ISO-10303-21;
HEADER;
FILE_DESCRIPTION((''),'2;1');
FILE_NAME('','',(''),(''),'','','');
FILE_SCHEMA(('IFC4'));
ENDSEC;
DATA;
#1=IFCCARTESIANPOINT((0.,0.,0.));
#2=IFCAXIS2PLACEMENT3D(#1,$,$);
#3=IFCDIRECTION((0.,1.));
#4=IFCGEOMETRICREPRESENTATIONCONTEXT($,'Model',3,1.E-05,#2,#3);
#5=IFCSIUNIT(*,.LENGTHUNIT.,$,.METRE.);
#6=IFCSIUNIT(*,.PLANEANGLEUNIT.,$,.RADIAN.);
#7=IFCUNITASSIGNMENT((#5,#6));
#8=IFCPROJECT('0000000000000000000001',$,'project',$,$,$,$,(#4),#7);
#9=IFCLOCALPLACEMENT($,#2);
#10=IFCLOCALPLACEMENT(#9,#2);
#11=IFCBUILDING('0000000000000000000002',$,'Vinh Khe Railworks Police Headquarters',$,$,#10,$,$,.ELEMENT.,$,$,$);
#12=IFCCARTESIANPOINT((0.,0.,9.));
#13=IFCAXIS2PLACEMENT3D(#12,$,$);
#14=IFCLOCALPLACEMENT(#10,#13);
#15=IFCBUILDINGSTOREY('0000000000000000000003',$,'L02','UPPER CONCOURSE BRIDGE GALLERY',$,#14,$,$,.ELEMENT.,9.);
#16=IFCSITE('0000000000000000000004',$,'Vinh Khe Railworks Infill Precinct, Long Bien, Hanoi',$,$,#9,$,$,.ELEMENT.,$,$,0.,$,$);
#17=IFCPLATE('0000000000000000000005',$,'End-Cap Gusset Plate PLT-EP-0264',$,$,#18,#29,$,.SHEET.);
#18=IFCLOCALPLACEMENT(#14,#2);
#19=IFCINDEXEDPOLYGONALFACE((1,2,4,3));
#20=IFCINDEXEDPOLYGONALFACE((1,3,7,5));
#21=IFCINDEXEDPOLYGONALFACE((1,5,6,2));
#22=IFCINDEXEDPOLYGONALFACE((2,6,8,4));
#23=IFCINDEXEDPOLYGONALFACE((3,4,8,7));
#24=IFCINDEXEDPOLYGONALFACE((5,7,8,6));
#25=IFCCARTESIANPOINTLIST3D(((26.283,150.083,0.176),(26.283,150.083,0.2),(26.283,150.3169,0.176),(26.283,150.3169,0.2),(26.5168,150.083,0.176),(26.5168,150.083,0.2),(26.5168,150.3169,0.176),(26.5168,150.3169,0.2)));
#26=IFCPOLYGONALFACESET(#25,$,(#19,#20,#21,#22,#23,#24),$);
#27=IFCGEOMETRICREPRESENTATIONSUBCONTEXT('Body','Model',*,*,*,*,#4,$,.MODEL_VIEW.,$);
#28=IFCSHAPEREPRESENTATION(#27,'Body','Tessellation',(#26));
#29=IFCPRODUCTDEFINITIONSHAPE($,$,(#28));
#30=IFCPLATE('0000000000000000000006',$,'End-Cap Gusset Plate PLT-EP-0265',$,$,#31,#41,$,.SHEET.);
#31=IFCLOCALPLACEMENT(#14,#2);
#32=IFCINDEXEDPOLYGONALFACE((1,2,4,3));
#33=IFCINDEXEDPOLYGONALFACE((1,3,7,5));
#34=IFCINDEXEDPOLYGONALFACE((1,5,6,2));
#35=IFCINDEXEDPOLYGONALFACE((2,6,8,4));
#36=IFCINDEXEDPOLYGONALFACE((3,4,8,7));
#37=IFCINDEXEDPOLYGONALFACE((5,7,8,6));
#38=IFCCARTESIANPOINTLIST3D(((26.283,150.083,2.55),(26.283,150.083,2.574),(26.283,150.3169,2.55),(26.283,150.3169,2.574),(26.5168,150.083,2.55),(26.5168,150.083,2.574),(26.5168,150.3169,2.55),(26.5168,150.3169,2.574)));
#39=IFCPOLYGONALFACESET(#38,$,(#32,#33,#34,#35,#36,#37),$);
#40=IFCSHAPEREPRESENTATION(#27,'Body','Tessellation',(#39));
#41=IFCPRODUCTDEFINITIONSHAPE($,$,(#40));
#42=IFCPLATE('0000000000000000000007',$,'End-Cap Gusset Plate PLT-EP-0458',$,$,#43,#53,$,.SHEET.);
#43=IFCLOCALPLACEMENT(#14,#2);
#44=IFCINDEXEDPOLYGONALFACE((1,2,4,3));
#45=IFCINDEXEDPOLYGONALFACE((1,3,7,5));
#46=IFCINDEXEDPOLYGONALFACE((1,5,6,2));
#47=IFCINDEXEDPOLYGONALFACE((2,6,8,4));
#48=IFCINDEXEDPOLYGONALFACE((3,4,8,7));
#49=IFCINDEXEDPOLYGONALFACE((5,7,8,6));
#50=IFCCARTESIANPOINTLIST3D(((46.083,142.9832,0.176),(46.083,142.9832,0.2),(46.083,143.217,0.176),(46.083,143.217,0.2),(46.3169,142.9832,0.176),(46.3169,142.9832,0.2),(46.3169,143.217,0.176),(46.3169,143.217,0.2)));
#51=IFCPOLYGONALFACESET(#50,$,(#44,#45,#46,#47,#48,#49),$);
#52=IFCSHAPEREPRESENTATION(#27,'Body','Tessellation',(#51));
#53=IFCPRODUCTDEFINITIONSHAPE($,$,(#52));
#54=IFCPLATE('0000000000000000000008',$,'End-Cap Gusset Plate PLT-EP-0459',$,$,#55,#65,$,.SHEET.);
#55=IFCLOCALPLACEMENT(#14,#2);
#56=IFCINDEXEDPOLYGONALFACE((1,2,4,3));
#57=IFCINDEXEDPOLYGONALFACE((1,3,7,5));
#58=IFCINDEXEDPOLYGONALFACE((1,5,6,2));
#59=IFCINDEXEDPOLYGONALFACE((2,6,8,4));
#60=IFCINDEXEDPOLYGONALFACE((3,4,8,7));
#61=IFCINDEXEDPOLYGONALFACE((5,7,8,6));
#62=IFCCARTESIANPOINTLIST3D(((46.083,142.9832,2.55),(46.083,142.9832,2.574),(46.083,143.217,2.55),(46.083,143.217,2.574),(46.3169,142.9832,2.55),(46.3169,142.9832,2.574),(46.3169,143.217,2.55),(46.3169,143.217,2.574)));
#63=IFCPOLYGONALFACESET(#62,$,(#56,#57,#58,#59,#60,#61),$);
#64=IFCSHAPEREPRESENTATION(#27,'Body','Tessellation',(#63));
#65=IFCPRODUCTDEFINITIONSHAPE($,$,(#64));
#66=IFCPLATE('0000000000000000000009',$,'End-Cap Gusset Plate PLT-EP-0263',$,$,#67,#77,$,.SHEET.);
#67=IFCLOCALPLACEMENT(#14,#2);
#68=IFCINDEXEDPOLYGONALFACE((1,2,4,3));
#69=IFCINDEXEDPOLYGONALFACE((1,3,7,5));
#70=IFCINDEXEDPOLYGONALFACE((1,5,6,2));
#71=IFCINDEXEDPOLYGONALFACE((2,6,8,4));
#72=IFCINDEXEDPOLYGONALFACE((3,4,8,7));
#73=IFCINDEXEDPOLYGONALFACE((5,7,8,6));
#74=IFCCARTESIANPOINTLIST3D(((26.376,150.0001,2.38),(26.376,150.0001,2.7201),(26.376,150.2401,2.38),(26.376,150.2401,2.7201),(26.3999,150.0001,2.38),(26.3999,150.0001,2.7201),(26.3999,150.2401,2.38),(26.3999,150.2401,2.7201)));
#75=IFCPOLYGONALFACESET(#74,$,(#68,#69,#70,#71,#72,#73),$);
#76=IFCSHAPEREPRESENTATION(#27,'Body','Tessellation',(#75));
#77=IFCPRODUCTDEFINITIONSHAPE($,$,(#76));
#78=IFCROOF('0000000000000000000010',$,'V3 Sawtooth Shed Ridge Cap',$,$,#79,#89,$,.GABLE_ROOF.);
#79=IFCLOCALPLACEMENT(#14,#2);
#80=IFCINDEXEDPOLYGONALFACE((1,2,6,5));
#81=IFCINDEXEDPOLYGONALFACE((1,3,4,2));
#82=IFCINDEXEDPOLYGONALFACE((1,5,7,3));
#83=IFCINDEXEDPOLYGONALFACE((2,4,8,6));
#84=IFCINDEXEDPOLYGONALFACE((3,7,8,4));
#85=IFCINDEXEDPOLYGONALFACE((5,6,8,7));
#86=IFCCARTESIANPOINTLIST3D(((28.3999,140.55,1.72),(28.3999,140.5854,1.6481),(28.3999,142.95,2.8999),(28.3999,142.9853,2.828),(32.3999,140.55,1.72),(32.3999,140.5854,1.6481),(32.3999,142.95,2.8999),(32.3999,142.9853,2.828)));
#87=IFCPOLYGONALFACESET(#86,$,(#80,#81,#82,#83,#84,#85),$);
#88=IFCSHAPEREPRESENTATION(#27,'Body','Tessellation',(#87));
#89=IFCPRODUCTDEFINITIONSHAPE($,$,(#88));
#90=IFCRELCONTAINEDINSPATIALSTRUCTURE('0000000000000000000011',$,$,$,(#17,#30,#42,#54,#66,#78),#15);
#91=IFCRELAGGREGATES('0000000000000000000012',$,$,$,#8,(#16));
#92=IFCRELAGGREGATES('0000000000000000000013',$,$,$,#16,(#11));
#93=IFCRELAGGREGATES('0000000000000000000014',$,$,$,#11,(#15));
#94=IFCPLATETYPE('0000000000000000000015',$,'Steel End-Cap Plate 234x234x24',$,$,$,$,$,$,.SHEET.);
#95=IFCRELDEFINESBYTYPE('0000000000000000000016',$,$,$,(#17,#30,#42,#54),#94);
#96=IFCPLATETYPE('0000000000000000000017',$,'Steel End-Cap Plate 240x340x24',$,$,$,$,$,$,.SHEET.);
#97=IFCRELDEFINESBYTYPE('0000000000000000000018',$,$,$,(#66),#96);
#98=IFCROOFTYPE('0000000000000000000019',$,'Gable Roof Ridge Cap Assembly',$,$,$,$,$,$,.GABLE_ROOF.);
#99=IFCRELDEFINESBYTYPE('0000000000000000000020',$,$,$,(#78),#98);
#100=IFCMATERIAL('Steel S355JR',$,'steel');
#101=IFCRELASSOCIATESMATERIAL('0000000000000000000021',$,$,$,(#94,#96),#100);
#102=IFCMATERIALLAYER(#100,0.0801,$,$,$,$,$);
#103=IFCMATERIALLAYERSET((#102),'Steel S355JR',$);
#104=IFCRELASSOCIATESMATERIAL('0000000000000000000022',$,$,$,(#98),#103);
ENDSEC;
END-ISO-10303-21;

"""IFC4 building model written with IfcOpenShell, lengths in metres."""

from ifc_helpers import new_model, si_unit, direction, frame, origin, origin_2d, place, context, subcontext, project, spatial, polyline, rectangle, outline, extrude, material, layer, layer_set, material_profile, profile_set, type_object, element, save


model = new_model("IFC4")

# Units and contexts
model_context = context("Model", 3, precision=1e-05, world=origin(), true_north=direction((0.0, 1.0)))
body_context = subcontext(model_context, "Body", "Model", "MODEL_VIEW")
ifc_project = project(units=[si_unit("LENGTHUNIT", "METRE"), si_unit("PLANEANGLEUNIT", "RADIAN")], contexts=[model_context])

# Site, building, storey
site_placement = place(None, origin())
site = spatial("IfcSite", under=ifc_project, at=site_placement, Name="Vinh Khe Railworks Infill Precinct, Long Bien, Hanoi", CompositionType="ELEMENT", RefElevation=0.0)
building_placement = place(site_placement, origin())
building = spatial("IfcBuilding", under=site, at=building_placement, Name="Vinh Khe Railworks Police Headquarters", CompositionType="ELEMENT")
storey_placement = place(building_placement, frame((0.0, 0.0, 9.0)))
storey = spatial("IfcBuildingStorey", under=building, at=storey_placement, Name="L02", Description="UPPER CONCOURSE BRIDGE GALLERY", CompositionType="ELEMENT", Elevation=9.0)

# Shared definitions
ifc_material = material(Name="Steel S355JR", Category="steel")

# Plates
ifc_material_profile_1 = material_profile(ifc_material, rectangle(XDim=0.2339, YDim=0.2339, at=origin_2d()), Name="PL 234x234")
ifc_profile_set_1 = profile_set([ifc_material_profile_1], Name="Steel S355JR")
plate_type_1 = type_object("IfcPlateType", Name="Steel End-Cap Plate 234x234x24", PredefinedType="SHEET", material=ifc_profile_set_1)
for number, where, z_axis, x_axis, name in (
    (1, (26.3999, 150.2, 0.2), (0.0, 0.0, -1.0), (1.0, 0.0, 0.0), "End-Cap Gusset Plate PLT-EP-0264"),
    (2, (26.3999, 150.2, 2.55), (0.0, 0.0, 1.0), (1.0, 0.0, 0.0), "End-Cap Gusset Plate PLT-EP-0265"),
    (3, (46.2, 143.1001, 0.2), (0.0, 0.0, -1.0), (1.0, 0.0, 0.0), "End-Cap Gusset Plate PLT-EP-0458"),
    (4, (46.2, 143.1001, 2.55), (0.0, 0.0, 1.0), (1.0, 0.0, 0.0), "End-Cap Gusset Plate PLT-EP-0459"),
):
    element("IfcPlate", number, at=place(storey_placement, frame(where, z_axis=z_axis, x_axis=x_axis)), inside=storey, type_object=plate_type_1, Name=name, PredefinedType="SHEET", context=body_context, shape_type="SweptSolid", body=[
        extrude(rectangle(XDim=0.2339, YDim=0.2339, at=origin_2d()), origin(), (0.0, 0.0, 1.0), 0.0239),
    ])
ifc_material_profile_2 = material_profile(ifc_material, rectangle(XDim=0.24, YDim=0.3401, at=origin_2d()), Name="PL 240x340")
ifc_profile_set_2 = profile_set([ifc_material_profile_2], Name="Steel S355JR")
plate_type_2 = type_object("IfcPlateType", Name="Steel End-Cap Plate 240x340x24", PredefinedType="SHEET", material=ifc_profile_set_2)
plate_1_placement = place(storey_placement, frame((26.3999, 150.1201, 2.55), z_axis=(-1.0, 0.0, 0.0), x_axis=(0.0, -1.0, 0.0)))
element("IfcPlate", 5, at=plate_1_placement, inside=storey, type_object=plate_type_2, Name="End-Cap Gusset Plate PLT-EP-0263", PredefinedType="SHEET", context=body_context, shape_type="SweptSolid", body=[
    extrude(rectangle(XDim=0.24, YDim=0.3401, at=origin_2d()), origin(), (0.0, 0.0, 1.0), 0.0239),
])

# Roof
ifc_layer = layer(ifc_material, 0.0801)
ifc_layer_set = layer_set([ifc_layer], Name="Steel S355JR")
roof_type = type_object("IfcRoofType", Name="Gable Roof Ridge Cap Assembly", PredefinedType="GABLE_ROOF", material=ifc_layer_set)
roof_placement = place(storey_placement, frame((28.3999, 140.55, 1.72), z_axis=(0.0, -0.441215, 0.897402), x_axis=(1.0, 0.0, 0.0)))
element("IfcRoof", 6, at=roof_placement, inside=storey, type_object=roof_type, Name="V3 Sawtooth Shed Ridge Cap", PredefinedType="GABLE_ROOF", context=body_context, shape_type="SweptSolid", body=[
    extrude(outline(polyline([(0.0, 0.0), (4.0, 0.0), (4.0, 2.6743), (0.0, 2.6743), (0.0, 0.0)])), origin(), (0.0, 0.0, -1.0), 0.0801),
])

save(model, "model.ifc")
